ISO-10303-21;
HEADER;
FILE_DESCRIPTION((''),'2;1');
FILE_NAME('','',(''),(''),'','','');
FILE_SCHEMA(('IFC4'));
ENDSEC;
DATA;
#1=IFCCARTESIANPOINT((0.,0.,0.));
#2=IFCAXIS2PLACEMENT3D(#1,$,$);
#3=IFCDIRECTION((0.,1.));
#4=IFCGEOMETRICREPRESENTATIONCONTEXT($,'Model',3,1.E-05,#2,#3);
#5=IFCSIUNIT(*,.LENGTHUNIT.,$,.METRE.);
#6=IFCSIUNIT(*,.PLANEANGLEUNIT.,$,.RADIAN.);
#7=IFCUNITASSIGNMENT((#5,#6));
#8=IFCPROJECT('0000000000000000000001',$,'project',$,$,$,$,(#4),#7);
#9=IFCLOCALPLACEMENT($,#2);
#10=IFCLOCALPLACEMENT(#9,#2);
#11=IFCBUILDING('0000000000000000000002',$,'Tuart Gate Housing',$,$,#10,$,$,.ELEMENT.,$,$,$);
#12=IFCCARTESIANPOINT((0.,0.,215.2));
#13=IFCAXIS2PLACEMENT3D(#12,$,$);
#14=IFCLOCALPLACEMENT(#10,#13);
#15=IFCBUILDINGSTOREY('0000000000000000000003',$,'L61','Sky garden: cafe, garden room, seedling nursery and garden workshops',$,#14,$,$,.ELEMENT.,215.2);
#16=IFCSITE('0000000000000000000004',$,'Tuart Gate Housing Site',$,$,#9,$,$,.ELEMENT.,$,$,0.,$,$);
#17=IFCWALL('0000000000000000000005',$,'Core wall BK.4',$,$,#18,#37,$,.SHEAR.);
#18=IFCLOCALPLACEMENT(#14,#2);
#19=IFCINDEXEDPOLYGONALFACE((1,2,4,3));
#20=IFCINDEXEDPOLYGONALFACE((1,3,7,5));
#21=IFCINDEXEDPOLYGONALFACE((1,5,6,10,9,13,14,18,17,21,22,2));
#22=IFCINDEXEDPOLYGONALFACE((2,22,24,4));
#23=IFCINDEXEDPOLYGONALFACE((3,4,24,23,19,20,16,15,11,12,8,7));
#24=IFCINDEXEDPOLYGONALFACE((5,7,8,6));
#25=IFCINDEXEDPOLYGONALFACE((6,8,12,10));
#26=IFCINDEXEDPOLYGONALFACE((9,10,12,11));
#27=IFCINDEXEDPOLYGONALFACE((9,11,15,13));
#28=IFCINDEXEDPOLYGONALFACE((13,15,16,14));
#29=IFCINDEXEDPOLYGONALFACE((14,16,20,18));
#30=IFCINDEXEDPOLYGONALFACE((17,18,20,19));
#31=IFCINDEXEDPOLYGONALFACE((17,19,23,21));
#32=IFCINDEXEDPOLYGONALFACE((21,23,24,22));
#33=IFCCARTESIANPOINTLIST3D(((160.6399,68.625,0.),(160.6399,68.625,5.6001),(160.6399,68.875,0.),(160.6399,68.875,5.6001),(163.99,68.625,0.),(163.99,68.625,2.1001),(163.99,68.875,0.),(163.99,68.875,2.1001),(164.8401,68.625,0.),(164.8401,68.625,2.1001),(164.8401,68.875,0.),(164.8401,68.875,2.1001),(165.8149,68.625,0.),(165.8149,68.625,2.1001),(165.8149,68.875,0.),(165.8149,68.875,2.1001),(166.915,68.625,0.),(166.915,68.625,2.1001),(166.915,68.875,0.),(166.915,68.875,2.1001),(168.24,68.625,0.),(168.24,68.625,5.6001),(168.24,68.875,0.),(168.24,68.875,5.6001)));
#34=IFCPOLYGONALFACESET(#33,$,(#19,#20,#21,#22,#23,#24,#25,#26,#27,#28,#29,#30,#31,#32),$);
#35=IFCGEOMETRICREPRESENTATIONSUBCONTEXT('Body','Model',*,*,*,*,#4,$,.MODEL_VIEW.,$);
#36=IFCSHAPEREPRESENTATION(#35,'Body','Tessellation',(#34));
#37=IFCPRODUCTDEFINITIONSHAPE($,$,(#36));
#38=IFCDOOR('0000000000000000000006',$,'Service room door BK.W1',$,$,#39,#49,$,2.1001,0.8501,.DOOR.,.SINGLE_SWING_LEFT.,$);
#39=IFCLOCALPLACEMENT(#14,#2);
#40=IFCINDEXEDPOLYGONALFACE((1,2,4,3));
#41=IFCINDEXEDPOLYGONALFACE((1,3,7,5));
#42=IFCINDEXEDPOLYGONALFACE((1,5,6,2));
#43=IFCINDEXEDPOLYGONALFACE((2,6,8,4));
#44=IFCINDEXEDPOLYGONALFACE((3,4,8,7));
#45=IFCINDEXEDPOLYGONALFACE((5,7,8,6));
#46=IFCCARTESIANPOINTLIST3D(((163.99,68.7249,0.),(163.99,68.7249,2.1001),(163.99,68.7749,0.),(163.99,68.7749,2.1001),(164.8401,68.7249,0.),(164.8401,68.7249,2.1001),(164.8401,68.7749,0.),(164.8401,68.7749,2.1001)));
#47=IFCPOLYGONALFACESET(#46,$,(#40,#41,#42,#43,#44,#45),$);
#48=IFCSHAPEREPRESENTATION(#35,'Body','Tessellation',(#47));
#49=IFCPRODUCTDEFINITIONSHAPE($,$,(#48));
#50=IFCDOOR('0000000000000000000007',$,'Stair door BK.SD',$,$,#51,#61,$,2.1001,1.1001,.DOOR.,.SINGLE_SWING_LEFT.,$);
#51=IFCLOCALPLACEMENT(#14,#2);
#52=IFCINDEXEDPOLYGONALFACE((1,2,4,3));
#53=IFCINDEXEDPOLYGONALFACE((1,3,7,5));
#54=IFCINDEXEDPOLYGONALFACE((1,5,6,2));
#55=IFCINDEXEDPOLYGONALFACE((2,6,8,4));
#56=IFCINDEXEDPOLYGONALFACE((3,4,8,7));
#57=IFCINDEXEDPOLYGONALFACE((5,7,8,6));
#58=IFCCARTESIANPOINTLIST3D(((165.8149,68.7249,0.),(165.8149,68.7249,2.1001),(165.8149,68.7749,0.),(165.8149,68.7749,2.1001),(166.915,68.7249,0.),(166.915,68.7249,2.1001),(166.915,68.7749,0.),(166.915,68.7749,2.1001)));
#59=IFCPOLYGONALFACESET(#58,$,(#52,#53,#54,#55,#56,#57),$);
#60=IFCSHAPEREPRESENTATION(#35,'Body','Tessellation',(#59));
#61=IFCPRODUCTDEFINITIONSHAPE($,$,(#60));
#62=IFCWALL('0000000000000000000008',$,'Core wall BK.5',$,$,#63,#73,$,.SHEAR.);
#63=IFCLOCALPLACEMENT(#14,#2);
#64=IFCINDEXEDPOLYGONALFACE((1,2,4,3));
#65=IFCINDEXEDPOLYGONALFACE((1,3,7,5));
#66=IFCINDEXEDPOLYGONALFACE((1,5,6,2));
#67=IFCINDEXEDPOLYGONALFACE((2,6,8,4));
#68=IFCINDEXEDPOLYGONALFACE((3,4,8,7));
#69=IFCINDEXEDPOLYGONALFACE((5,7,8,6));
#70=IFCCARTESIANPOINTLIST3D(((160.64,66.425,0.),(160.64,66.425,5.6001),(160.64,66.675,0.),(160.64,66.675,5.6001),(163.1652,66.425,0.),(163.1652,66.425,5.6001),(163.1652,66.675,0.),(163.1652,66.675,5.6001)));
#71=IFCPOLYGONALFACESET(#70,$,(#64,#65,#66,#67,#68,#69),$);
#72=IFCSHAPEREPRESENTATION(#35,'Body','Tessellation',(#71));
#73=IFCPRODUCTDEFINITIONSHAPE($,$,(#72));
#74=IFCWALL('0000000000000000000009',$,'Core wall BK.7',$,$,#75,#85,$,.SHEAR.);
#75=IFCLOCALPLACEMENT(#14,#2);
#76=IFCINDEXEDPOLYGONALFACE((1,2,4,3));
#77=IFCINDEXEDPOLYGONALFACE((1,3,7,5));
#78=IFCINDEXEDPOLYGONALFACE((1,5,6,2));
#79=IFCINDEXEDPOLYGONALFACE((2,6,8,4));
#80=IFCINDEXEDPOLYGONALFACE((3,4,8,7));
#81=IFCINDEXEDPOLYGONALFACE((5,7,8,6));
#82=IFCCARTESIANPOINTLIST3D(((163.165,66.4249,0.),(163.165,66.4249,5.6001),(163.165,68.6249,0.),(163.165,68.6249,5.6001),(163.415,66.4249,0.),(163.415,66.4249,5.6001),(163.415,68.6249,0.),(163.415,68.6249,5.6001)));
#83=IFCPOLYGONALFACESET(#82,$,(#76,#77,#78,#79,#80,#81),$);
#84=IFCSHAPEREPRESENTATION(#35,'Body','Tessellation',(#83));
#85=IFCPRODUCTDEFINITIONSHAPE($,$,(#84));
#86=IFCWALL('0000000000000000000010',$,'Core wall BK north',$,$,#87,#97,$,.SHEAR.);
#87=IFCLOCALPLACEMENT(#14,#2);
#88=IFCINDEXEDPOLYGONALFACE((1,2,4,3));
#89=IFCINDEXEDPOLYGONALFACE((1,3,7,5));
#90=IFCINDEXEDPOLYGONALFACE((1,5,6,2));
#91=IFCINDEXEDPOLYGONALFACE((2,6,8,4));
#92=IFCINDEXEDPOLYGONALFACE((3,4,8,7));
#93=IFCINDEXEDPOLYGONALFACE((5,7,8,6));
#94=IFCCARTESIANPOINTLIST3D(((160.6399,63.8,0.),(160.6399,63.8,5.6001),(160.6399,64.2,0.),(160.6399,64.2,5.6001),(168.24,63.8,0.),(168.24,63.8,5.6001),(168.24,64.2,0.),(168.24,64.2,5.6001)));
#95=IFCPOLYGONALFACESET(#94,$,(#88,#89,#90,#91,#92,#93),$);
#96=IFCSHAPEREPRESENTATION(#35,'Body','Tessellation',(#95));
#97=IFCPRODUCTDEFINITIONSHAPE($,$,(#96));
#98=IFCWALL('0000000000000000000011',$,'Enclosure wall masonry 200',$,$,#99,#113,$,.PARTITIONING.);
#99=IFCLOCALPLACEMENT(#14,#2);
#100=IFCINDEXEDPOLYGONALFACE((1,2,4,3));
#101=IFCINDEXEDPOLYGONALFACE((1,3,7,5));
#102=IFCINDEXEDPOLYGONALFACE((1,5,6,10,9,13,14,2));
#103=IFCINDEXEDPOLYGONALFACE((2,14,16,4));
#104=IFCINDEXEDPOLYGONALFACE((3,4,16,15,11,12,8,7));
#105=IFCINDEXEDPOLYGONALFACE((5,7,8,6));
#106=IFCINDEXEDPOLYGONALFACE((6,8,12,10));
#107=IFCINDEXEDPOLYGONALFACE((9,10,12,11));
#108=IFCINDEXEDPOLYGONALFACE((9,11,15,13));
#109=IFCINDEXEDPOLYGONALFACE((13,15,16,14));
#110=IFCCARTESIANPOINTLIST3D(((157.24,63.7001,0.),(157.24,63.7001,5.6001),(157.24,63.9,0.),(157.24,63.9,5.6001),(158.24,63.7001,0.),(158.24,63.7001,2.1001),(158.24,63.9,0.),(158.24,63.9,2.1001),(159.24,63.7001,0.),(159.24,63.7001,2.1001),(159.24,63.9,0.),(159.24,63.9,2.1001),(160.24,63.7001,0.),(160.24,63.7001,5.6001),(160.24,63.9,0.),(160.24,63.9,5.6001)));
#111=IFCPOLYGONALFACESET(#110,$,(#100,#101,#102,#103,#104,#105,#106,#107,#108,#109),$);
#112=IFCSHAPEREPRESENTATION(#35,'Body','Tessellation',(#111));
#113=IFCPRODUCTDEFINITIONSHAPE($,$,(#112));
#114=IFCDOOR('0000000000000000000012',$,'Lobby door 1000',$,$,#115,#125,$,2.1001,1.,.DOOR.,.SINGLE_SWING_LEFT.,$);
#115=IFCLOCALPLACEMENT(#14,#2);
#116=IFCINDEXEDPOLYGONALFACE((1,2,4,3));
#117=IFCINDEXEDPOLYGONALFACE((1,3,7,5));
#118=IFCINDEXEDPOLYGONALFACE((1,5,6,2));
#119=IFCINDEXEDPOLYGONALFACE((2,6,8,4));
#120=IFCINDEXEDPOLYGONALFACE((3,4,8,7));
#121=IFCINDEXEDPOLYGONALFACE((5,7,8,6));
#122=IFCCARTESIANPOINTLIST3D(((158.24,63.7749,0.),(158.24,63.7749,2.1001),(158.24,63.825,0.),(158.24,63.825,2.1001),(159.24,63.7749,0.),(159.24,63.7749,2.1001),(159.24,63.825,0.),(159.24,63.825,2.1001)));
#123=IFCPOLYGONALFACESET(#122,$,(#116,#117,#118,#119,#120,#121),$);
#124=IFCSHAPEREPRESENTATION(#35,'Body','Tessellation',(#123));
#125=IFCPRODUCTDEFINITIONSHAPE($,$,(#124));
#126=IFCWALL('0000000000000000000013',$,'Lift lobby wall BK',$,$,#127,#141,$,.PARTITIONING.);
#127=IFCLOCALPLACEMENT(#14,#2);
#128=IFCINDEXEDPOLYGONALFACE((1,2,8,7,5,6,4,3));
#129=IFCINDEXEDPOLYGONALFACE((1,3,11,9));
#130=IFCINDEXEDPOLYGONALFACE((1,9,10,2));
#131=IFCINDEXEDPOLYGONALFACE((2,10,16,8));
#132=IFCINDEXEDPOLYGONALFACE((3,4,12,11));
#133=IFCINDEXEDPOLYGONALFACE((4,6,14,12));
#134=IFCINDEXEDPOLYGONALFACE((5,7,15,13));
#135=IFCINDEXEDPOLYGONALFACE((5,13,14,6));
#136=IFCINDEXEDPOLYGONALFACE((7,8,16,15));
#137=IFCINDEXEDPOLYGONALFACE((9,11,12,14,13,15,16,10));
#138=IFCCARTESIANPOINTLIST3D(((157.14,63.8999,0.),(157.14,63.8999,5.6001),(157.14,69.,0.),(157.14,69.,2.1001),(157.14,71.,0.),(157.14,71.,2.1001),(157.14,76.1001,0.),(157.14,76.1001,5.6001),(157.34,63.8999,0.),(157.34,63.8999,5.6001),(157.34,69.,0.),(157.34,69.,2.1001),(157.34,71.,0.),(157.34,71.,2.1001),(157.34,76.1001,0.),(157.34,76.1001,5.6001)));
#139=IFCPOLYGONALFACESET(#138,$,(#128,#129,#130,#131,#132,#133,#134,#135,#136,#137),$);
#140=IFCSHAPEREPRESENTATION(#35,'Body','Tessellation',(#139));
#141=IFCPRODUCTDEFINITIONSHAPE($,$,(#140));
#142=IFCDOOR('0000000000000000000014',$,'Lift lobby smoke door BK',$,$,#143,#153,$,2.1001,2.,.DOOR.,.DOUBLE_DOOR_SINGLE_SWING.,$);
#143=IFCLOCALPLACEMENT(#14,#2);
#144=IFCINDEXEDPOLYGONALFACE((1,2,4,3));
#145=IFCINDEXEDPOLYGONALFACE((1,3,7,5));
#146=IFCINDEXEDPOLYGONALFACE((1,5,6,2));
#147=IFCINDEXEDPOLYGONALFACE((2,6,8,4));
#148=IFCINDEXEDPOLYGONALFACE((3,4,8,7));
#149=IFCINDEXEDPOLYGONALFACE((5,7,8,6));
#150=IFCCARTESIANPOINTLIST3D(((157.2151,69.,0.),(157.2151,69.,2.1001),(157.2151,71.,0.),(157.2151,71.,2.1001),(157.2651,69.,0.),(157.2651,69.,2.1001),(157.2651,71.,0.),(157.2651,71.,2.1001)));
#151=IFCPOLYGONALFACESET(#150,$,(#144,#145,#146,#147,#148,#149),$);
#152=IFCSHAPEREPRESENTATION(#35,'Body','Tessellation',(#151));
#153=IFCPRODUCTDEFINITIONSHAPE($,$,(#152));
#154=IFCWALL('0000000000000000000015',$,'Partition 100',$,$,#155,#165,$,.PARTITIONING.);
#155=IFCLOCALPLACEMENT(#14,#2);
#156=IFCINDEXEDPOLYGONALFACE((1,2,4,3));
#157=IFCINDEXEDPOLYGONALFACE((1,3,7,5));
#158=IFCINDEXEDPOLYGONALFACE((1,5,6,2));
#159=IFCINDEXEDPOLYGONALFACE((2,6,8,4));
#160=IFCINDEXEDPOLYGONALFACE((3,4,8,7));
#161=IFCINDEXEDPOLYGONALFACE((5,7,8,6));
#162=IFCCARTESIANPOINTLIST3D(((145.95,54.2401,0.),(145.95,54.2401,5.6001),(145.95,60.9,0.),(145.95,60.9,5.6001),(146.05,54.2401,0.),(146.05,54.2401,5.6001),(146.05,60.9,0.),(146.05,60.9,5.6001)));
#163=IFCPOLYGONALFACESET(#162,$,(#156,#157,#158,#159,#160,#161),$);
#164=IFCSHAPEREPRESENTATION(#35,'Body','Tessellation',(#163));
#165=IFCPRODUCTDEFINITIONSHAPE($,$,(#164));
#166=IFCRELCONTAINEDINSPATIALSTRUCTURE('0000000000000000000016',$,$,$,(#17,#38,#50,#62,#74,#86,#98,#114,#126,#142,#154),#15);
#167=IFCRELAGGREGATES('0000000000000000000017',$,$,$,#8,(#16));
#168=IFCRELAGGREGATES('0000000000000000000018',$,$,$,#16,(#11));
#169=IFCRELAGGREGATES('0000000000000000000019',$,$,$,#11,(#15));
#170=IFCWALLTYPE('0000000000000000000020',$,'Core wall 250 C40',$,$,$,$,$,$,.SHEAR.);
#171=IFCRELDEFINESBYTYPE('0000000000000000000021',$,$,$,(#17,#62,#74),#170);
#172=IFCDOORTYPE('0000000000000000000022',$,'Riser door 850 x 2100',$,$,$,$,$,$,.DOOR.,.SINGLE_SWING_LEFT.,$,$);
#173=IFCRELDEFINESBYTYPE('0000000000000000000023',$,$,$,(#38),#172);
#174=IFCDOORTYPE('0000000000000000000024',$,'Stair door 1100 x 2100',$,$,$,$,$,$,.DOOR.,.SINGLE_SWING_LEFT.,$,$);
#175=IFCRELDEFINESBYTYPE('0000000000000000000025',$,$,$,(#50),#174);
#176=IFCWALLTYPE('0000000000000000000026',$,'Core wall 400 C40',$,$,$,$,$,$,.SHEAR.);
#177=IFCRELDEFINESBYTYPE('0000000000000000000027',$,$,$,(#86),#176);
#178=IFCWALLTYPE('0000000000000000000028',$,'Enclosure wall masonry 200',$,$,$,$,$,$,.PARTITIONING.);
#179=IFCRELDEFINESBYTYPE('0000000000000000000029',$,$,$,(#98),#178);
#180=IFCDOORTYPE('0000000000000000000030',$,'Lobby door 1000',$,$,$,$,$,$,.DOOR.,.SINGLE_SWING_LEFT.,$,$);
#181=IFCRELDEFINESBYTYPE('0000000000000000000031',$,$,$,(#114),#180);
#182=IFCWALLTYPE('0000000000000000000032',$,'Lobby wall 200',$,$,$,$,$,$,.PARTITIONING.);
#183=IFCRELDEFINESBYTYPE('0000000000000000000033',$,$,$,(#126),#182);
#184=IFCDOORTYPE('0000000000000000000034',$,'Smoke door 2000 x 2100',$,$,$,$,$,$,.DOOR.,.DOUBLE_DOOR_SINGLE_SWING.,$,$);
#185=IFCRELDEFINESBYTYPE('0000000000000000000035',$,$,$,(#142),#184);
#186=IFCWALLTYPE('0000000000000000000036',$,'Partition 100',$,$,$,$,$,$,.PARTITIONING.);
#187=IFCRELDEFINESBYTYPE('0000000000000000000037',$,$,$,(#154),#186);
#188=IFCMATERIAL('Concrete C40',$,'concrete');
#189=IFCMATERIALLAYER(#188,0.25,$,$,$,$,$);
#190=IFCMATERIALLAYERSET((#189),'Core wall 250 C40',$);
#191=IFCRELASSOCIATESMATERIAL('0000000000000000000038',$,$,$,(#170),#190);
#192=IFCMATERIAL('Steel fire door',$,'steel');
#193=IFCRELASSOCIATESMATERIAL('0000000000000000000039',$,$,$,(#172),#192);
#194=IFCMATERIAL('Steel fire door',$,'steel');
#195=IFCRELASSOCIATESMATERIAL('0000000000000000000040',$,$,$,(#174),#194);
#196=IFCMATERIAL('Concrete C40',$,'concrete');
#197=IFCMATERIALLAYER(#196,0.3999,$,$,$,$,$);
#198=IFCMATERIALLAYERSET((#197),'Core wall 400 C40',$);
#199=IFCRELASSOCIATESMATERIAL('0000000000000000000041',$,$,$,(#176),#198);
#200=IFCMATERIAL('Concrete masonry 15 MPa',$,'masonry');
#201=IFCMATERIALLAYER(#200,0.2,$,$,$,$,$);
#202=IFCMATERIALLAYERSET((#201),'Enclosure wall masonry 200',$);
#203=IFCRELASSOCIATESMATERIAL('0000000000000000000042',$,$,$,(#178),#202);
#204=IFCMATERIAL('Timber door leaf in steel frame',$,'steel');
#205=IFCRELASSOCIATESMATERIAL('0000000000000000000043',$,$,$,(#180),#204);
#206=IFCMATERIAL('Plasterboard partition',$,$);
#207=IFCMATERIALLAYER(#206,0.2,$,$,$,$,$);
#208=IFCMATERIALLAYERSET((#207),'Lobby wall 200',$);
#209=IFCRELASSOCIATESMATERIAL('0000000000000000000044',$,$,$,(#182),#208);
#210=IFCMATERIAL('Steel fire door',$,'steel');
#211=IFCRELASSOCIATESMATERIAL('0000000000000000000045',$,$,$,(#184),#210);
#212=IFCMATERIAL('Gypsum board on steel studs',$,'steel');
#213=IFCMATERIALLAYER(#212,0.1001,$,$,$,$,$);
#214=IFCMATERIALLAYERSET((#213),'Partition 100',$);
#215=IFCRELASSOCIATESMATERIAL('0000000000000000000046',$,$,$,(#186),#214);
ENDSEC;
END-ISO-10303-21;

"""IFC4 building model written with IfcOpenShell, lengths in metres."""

from ifc_helpers import new_model, si_unit, direction, frame, frame_2d, origin, place, context, subcontext, project, spatial, rectangle, extrude, material, layer, layer_set, type_object, element, fill, save


model = new_model("IFC4")

# Units and contexts
model_context = context("Model", 3, precision=1e-05, world=origin(), true_north=direction((0.0, 1.0)))
body_context = subcontext(model_context, "Body", "Model", "MODEL_VIEW")
ifc_project = project(units=[si_unit("LENGTHUNIT", "METRE"), si_unit("PLANEANGLEUNIT", "RADIAN")], contexts=[model_context])

# Site, building, storey
site_placement = place(None, origin())
site = spatial("IfcSite", under=ifc_project, at=site_placement, Name="Tuart Gate Housing Site", CompositionType="ELEMENT", RefElevation=0.0)
building_placement = place(site_placement, origin())
building = spatial("IfcBuilding", under=site, at=building_placement, Name="Tuart Gate Housing", CompositionType="ELEMENT")
storey_placement = place(building_placement, frame((0.0, 0.0, 215.2)))
storey = spatial("IfcBuildingStorey", under=building, at=storey_placement, Name="L61", Description="Sky garden: cafe, garden room, seedling nursery and garden workshops", CompositionType="ELEMENT", Elevation=215.2)

# Wall, openings, doors
ifc_material_1 = material(Name="Concrete C40", Category="concrete")
ifc_layer_1 = layer(ifc_material_1, 0.25)
ifc_layer_set_1 = layer_set([ifc_layer_1], Name="Core wall 250 C40")
wall_type_1 = type_object("IfcWallType", Name="Core wall 250 C40", PredefinedType="SHEAR", material=ifc_layer_set_1)
wall_1_placement = place(storey_placement, frame((160.6399, 68.75, 0.0), z_axis=(0.0, 0.0, 1.0), x_axis=(1.0, 0.0, 0.0)))
wall_1 = element("IfcWall", 1, at=wall_1_placement, inside=storey, type_object=wall_type_1, Name="Core wall BK.4", PredefinedType="SHEAR", context=body_context, shape_type="SweptSolid", body=[
    extrude(rectangle(XDim=7.6001, YDim=0.25, at=frame_2d((3.8, 0.0))), origin(), (0.0, 0.0, 1.0), 5.6001),
])
opening_1_placement = place(wall_1_placement, frame((5.175, 0.0, 0.0)))
opening_1 = element("IfcOpeningElement", 2, at=opening_1_placement, cuts=wall_1, PredefinedType="OPENING", context=body_context, shape_type="SweptSolid", body=[
    extrude(rectangle(XDim=1.1001, YDim=2.1001, at=frame_2d((0.55, 1.05))), frame((0.0, 0.135, 0.0), z_axis=(0.0, -1.0, 0.0), x_axis=(1.0, 0.0, 0.0)), (0.0, 0.0, 1.0), 0.27),
])
opening_2_placement = place(wall_1_placement, frame((3.3501, 0.0, 0.0)))
opening_2 = element("IfcOpeningElement", 3, at=opening_2_placement, cuts=wall_1, PredefinedType="OPENING", context=body_context, shape_type="SweptSolid", body=[
    extrude(rectangle(XDim=0.8501, YDim=2.1001, at=frame_2d((0.425, 1.05))), frame((0.0, 0.135, 0.0), z_axis=(0.0, -1.0, 0.0), x_axis=(1.0, 0.0, 0.0)), (0.0, 0.0, 1.0), 0.27),
])
ifc_material_2 = material(Name="Steel fire door", Category="steel")
door_type_1 = type_object("IfcDoorType", Name="Riser door 850 x 2100", OperationType="SINGLE_SWING_LEFT", PredefinedType="DOOR", material=ifc_material_2)
door_1_placement = place(opening_2_placement, origin())
door_1 = element("IfcDoor", 4, at=door_1_placement, inside=storey, type_object=door_type_1, Name="Service room door BK.W1", OperationType="SINGLE_SWING_LEFT", OverallHeight=2.1001, OverallWidth=0.8501, PredefinedType="DOOR", context=body_context, shape_type="SweptSolid", body=[
    extrude(rectangle(XDim=0.8501, YDim=2.1001, at=frame_2d((0.425, 1.05))), frame((0.0, 0.0249, 0.0), z_axis=(0.0, -1.0, 0.0), x_axis=(1.0, 0.0, 0.0)), (0.0, 0.0, 1.0), 0.05),
])
fill(opening_2, door_1)
ifc_material_3 = material(Name="Steel fire door", Category="steel")
door_type_2 = type_object("IfcDoorType", Name="Stair door 1100 x 2100", OperationType="SINGLE_SWING_LEFT", PredefinedType="DOOR", material=ifc_material_3)
door_2_placement = place(opening_1_placement, origin())
door_2 = element("IfcDoor", 5, at=door_2_placement, inside=storey, type_object=door_type_2, Name="Stair door BK.SD", OperationType="SINGLE_SWING_LEFT", OverallHeight=2.1001, OverallWidth=1.1001, PredefinedType="DOOR", context=body_context, shape_type="SweptSolid", body=[
    extrude(rectangle(XDim=1.1001, YDim=2.1001, at=frame_2d((0.55, 1.05))), frame((0.0, 0.0249, 0.0), z_axis=(0.0, -1.0, 0.0), x_axis=(1.0, 0.0, 0.0)), (0.0, 0.0, 1.0), 0.05),
])
fill(opening_1, door_2)

# Walls
wall_2_placement = place(storey_placement, frame((160.6399, 66.55, 0.0), z_axis=(0.0, 0.0, 1.0), x_axis=(1.0, 0.0, 0.0)))
element("IfcWall", 6, at=wall_2_placement, inside=storey, type_object=wall_type_1, Name="Core wall BK.5", PredefinedType="SHEAR", context=body_context, shape_type="SweptSolid", body=[
    extrude(rectangle(XDim=2.5251, YDim=0.25, at=frame_2d((1.2627, 0.0))), origin(), (0.0, 0.0, 1.0), 5.6001),
])
wall_3_placement = place(storey_placement, frame((163.29, 68.625, 0.0), z_axis=(0.0, 0.0, 1.0), x_axis=(0.0, -1.0, 0.0)))
element("IfcWall", 7, at=wall_3_placement, inside=storey, type_object=wall_type_1, Name="Core wall BK.7", PredefinedType="SHEAR", context=body_context, shape_type="SweptSolid", body=[
    extrude(rectangle(XDim=2.2, YDim=0.25, at=frame_2d((1.1001, 0.0))), origin(), (0.0, 0.0, 1.0), 5.6001),
])
ifc_material_4 = material(Name="Concrete C40", Category="concrete")
ifc_layer_2 = layer(ifc_material_4, 0.3999)
ifc_layer_set_2 = layer_set([ifc_layer_2], Name="Core wall 400 C40")
wall_type_2 = type_object("IfcWallType", Name="Core wall 400 C40", PredefinedType="SHEAR", material=ifc_layer_set_2)
wall_4_placement = place(storey_placement, frame((160.6399, 64.0, 0.0), z_axis=(0.0, 0.0, 1.0), x_axis=(1.0, 0.0, 0.0)))
element("IfcWall", 8, at=wall_4_placement, inside=storey, type_object=wall_type_2, Name="Core wall BK north", PredefinedType="SHEAR", context=body_context, shape_type="SweptSolid", body=[
    extrude(rectangle(XDim=7.6001, YDim=0.3999, at=frame_2d((3.8, 0.0))), origin(), (0.0, 0.0, 1.0), 5.6001),
])

# Walls, openings, doors
ifc_material_5 = material(Name="Concrete masonry 15 MPa", Category="masonry")
ifc_layer_3 = layer(ifc_material_5, 0.2)
ifc_layer_set_3 = layer_set([ifc_layer_3], Name="Enclosure wall masonry 200")
wall_type_3 = type_object("IfcWallType", Name="Enclosure wall masonry 200", PredefinedType="PARTITIONING", material=ifc_layer_set_3)
wall_5_placement = place(storey_placement, frame((157.24, 63.8, 0.0), z_axis=(0.0, 0.0, 1.0), x_axis=(1.0, 0.0, 0.0)))
wall_5 = element("IfcWall", 9, at=wall_5_placement, inside=storey, type_object=wall_type_3, Name="Enclosure wall masonry 200", PredefinedType="PARTITIONING", context=body_context, shape_type="SweptSolid", body=[
    extrude(rectangle(XDim=3.0, YDim=0.2, at=frame_2d((1.5, 0.0))), origin(), (0.0, 0.0, 1.0), 5.6001),
])
opening_3_placement = place(wall_5_placement, frame((1.0, 0.0, 0.0)))
opening_3 = element("IfcOpeningElement", 10, at=opening_3_placement, cuts=wall_5, PredefinedType="OPENING", context=body_context, shape_type="SweptSolid", body=[
    extrude(rectangle(XDim=1.0, YDim=2.1001, at=frame_2d((0.5, 1.05))), frame((0.0, 0.1099, 0.0), z_axis=(0.0, -1.0, 0.0), x_axis=(1.0, 0.0, 0.0)), (0.0, 0.0, 1.0), 0.22),
])
ifc_material_6 = material(Name="Timber door leaf in steel frame", Category="steel")
door_type_3 = type_object("IfcDoorType", Name="Lobby door 1000", OperationType="SINGLE_SWING_LEFT", PredefinedType="DOOR", material=ifc_material_6)
door_3_placement = place(opening_3_placement, origin())
door_3 = element("IfcDoor", 11, at=door_3_placement, inside=storey, type_object=door_type_3, Name="Lobby door 1000", OperationType="SINGLE_SWING_LEFT", OverallHeight=2.1001, OverallWidth=1.0, PredefinedType="DOOR", context=body_context, shape_type="SweptSolid", body=[
    extrude(rectangle(XDim=1.0, YDim=2.1001, at=frame_2d((0.5, 1.05))), frame((0.0, 0.0249, 0.0), z_axis=(0.0, -1.0, 0.0), x_axis=(1.0, 0.0, 0.0)), (0.0, 0.0, 1.0), 0.05),
])
fill(opening_3, door_3)
ifc_material_7 = material(Name="Plasterboard partition")
ifc_layer_4 = layer(ifc_material_7, 0.2)
ifc_layer_set_4 = layer_set([ifc_layer_4], Name="Lobby wall 200")
wall_type_4 = type_object("IfcWallType", Name="Lobby wall 200", PredefinedType="PARTITIONING", material=ifc_layer_set_4)
wall_6_placement = place(storey_placement, frame((157.24, 63.8999, 0.0), z_axis=(0.0, 0.0, 1.0), x_axis=(0.0, 1.0, 0.0)))
wall_6 = element("IfcWall", 12, at=wall_6_placement, inside=storey, type_object=wall_type_4, Name="Lift lobby wall BK", PredefinedType="PARTITIONING", context=body_context, shape_type="SweptSolid", body=[
    extrude(rectangle(XDim=12.2002, YDim=0.2, at=frame_2d((6.1001, 0.0))), origin(), (0.0, 0.0, 1.0), 5.6001),
])
opening_4_placement = place(wall_6_placement, frame((5.1001, 0.0, 0.0)))
opening_4 = element("IfcOpeningElement", 13, at=opening_4_placement, cuts=wall_6, PredefinedType="OPENING", context=body_context, shape_type="SweptSolid", body=[
    extrude(rectangle(XDim=2.0, YDim=2.1001, at=frame_2d((1.0, 1.05))), frame((0.0, 0.1099, 0.0), z_axis=(0.0, -1.0, 0.0), x_axis=(1.0, 0.0, 0.0)), (0.0, 0.0, 1.0), 0.22),
])
ifc_material_8 = material(Name="Steel fire door", Category="steel")
door_type_4 = type_object("IfcDoorType", Name="Smoke door 2000 x 2100", OperationType="DOUBLE_DOOR_SINGLE_SWING", PredefinedType="DOOR", material=ifc_material_8)
door_4_placement = place(opening_4_placement, frame((2.0, 0.0, 0.0), z_axis=(0.0, 0.0, 1.0), x_axis=(-1.0, 0.0, 0.0)))
door_4 = element("IfcDoor", 14, at=door_4_placement, inside=storey, type_object=door_type_4, Name="Lift lobby smoke door BK", OperationType="DOUBLE_DOOR_SINGLE_SWING", OverallHeight=2.1001, OverallWidth=2.0, PredefinedType="DOOR", context=body_context, shape_type="SweptSolid", body=[
    extrude(rectangle(XDim=2.0, YDim=2.1001, at=frame_2d((1.0, 1.05))), frame((0.0, 0.0251, 0.0), z_axis=(0.0, -1.0, 0.0), x_axis=(1.0, 0.0, 0.0)), (0.0, 0.0, 1.0), 0.05),
])
fill(opening_4, door_4)

# Wall
ifc_material_9 = material(Name="Gypsum board on steel studs", Category="steel")
ifc_layer_5 = layer(ifc_material_9, 0.1001)
ifc_layer_set_5 = layer_set([ifc_layer_5], Name="Partition 100")
wall_type_5 = type_object("IfcWallType", Name="Partition 100", PredefinedType="PARTITIONING", material=ifc_layer_set_5)
wall_7_placement = place(storey_placement, frame((146.0, 54.24, 0.0), z_axis=(0.0, 0.0, 1.0), x_axis=(0.0, 1.0, 0.0)))
element("IfcWall", 15, at=wall_7_placement, inside=storey, type_object=wall_type_5, Name="Partition 100", PredefinedType="PARTITIONING", context=body_context, shape_type="SweptSolid", body=[
    extrude(rectangle(XDim=6.6599, YDim=0.1001, at=frame_2d((3.3301, 0.0))), origin(), (0.0, 0.0, 1.0), 5.6001),
])

save(model, "model.ifc")
